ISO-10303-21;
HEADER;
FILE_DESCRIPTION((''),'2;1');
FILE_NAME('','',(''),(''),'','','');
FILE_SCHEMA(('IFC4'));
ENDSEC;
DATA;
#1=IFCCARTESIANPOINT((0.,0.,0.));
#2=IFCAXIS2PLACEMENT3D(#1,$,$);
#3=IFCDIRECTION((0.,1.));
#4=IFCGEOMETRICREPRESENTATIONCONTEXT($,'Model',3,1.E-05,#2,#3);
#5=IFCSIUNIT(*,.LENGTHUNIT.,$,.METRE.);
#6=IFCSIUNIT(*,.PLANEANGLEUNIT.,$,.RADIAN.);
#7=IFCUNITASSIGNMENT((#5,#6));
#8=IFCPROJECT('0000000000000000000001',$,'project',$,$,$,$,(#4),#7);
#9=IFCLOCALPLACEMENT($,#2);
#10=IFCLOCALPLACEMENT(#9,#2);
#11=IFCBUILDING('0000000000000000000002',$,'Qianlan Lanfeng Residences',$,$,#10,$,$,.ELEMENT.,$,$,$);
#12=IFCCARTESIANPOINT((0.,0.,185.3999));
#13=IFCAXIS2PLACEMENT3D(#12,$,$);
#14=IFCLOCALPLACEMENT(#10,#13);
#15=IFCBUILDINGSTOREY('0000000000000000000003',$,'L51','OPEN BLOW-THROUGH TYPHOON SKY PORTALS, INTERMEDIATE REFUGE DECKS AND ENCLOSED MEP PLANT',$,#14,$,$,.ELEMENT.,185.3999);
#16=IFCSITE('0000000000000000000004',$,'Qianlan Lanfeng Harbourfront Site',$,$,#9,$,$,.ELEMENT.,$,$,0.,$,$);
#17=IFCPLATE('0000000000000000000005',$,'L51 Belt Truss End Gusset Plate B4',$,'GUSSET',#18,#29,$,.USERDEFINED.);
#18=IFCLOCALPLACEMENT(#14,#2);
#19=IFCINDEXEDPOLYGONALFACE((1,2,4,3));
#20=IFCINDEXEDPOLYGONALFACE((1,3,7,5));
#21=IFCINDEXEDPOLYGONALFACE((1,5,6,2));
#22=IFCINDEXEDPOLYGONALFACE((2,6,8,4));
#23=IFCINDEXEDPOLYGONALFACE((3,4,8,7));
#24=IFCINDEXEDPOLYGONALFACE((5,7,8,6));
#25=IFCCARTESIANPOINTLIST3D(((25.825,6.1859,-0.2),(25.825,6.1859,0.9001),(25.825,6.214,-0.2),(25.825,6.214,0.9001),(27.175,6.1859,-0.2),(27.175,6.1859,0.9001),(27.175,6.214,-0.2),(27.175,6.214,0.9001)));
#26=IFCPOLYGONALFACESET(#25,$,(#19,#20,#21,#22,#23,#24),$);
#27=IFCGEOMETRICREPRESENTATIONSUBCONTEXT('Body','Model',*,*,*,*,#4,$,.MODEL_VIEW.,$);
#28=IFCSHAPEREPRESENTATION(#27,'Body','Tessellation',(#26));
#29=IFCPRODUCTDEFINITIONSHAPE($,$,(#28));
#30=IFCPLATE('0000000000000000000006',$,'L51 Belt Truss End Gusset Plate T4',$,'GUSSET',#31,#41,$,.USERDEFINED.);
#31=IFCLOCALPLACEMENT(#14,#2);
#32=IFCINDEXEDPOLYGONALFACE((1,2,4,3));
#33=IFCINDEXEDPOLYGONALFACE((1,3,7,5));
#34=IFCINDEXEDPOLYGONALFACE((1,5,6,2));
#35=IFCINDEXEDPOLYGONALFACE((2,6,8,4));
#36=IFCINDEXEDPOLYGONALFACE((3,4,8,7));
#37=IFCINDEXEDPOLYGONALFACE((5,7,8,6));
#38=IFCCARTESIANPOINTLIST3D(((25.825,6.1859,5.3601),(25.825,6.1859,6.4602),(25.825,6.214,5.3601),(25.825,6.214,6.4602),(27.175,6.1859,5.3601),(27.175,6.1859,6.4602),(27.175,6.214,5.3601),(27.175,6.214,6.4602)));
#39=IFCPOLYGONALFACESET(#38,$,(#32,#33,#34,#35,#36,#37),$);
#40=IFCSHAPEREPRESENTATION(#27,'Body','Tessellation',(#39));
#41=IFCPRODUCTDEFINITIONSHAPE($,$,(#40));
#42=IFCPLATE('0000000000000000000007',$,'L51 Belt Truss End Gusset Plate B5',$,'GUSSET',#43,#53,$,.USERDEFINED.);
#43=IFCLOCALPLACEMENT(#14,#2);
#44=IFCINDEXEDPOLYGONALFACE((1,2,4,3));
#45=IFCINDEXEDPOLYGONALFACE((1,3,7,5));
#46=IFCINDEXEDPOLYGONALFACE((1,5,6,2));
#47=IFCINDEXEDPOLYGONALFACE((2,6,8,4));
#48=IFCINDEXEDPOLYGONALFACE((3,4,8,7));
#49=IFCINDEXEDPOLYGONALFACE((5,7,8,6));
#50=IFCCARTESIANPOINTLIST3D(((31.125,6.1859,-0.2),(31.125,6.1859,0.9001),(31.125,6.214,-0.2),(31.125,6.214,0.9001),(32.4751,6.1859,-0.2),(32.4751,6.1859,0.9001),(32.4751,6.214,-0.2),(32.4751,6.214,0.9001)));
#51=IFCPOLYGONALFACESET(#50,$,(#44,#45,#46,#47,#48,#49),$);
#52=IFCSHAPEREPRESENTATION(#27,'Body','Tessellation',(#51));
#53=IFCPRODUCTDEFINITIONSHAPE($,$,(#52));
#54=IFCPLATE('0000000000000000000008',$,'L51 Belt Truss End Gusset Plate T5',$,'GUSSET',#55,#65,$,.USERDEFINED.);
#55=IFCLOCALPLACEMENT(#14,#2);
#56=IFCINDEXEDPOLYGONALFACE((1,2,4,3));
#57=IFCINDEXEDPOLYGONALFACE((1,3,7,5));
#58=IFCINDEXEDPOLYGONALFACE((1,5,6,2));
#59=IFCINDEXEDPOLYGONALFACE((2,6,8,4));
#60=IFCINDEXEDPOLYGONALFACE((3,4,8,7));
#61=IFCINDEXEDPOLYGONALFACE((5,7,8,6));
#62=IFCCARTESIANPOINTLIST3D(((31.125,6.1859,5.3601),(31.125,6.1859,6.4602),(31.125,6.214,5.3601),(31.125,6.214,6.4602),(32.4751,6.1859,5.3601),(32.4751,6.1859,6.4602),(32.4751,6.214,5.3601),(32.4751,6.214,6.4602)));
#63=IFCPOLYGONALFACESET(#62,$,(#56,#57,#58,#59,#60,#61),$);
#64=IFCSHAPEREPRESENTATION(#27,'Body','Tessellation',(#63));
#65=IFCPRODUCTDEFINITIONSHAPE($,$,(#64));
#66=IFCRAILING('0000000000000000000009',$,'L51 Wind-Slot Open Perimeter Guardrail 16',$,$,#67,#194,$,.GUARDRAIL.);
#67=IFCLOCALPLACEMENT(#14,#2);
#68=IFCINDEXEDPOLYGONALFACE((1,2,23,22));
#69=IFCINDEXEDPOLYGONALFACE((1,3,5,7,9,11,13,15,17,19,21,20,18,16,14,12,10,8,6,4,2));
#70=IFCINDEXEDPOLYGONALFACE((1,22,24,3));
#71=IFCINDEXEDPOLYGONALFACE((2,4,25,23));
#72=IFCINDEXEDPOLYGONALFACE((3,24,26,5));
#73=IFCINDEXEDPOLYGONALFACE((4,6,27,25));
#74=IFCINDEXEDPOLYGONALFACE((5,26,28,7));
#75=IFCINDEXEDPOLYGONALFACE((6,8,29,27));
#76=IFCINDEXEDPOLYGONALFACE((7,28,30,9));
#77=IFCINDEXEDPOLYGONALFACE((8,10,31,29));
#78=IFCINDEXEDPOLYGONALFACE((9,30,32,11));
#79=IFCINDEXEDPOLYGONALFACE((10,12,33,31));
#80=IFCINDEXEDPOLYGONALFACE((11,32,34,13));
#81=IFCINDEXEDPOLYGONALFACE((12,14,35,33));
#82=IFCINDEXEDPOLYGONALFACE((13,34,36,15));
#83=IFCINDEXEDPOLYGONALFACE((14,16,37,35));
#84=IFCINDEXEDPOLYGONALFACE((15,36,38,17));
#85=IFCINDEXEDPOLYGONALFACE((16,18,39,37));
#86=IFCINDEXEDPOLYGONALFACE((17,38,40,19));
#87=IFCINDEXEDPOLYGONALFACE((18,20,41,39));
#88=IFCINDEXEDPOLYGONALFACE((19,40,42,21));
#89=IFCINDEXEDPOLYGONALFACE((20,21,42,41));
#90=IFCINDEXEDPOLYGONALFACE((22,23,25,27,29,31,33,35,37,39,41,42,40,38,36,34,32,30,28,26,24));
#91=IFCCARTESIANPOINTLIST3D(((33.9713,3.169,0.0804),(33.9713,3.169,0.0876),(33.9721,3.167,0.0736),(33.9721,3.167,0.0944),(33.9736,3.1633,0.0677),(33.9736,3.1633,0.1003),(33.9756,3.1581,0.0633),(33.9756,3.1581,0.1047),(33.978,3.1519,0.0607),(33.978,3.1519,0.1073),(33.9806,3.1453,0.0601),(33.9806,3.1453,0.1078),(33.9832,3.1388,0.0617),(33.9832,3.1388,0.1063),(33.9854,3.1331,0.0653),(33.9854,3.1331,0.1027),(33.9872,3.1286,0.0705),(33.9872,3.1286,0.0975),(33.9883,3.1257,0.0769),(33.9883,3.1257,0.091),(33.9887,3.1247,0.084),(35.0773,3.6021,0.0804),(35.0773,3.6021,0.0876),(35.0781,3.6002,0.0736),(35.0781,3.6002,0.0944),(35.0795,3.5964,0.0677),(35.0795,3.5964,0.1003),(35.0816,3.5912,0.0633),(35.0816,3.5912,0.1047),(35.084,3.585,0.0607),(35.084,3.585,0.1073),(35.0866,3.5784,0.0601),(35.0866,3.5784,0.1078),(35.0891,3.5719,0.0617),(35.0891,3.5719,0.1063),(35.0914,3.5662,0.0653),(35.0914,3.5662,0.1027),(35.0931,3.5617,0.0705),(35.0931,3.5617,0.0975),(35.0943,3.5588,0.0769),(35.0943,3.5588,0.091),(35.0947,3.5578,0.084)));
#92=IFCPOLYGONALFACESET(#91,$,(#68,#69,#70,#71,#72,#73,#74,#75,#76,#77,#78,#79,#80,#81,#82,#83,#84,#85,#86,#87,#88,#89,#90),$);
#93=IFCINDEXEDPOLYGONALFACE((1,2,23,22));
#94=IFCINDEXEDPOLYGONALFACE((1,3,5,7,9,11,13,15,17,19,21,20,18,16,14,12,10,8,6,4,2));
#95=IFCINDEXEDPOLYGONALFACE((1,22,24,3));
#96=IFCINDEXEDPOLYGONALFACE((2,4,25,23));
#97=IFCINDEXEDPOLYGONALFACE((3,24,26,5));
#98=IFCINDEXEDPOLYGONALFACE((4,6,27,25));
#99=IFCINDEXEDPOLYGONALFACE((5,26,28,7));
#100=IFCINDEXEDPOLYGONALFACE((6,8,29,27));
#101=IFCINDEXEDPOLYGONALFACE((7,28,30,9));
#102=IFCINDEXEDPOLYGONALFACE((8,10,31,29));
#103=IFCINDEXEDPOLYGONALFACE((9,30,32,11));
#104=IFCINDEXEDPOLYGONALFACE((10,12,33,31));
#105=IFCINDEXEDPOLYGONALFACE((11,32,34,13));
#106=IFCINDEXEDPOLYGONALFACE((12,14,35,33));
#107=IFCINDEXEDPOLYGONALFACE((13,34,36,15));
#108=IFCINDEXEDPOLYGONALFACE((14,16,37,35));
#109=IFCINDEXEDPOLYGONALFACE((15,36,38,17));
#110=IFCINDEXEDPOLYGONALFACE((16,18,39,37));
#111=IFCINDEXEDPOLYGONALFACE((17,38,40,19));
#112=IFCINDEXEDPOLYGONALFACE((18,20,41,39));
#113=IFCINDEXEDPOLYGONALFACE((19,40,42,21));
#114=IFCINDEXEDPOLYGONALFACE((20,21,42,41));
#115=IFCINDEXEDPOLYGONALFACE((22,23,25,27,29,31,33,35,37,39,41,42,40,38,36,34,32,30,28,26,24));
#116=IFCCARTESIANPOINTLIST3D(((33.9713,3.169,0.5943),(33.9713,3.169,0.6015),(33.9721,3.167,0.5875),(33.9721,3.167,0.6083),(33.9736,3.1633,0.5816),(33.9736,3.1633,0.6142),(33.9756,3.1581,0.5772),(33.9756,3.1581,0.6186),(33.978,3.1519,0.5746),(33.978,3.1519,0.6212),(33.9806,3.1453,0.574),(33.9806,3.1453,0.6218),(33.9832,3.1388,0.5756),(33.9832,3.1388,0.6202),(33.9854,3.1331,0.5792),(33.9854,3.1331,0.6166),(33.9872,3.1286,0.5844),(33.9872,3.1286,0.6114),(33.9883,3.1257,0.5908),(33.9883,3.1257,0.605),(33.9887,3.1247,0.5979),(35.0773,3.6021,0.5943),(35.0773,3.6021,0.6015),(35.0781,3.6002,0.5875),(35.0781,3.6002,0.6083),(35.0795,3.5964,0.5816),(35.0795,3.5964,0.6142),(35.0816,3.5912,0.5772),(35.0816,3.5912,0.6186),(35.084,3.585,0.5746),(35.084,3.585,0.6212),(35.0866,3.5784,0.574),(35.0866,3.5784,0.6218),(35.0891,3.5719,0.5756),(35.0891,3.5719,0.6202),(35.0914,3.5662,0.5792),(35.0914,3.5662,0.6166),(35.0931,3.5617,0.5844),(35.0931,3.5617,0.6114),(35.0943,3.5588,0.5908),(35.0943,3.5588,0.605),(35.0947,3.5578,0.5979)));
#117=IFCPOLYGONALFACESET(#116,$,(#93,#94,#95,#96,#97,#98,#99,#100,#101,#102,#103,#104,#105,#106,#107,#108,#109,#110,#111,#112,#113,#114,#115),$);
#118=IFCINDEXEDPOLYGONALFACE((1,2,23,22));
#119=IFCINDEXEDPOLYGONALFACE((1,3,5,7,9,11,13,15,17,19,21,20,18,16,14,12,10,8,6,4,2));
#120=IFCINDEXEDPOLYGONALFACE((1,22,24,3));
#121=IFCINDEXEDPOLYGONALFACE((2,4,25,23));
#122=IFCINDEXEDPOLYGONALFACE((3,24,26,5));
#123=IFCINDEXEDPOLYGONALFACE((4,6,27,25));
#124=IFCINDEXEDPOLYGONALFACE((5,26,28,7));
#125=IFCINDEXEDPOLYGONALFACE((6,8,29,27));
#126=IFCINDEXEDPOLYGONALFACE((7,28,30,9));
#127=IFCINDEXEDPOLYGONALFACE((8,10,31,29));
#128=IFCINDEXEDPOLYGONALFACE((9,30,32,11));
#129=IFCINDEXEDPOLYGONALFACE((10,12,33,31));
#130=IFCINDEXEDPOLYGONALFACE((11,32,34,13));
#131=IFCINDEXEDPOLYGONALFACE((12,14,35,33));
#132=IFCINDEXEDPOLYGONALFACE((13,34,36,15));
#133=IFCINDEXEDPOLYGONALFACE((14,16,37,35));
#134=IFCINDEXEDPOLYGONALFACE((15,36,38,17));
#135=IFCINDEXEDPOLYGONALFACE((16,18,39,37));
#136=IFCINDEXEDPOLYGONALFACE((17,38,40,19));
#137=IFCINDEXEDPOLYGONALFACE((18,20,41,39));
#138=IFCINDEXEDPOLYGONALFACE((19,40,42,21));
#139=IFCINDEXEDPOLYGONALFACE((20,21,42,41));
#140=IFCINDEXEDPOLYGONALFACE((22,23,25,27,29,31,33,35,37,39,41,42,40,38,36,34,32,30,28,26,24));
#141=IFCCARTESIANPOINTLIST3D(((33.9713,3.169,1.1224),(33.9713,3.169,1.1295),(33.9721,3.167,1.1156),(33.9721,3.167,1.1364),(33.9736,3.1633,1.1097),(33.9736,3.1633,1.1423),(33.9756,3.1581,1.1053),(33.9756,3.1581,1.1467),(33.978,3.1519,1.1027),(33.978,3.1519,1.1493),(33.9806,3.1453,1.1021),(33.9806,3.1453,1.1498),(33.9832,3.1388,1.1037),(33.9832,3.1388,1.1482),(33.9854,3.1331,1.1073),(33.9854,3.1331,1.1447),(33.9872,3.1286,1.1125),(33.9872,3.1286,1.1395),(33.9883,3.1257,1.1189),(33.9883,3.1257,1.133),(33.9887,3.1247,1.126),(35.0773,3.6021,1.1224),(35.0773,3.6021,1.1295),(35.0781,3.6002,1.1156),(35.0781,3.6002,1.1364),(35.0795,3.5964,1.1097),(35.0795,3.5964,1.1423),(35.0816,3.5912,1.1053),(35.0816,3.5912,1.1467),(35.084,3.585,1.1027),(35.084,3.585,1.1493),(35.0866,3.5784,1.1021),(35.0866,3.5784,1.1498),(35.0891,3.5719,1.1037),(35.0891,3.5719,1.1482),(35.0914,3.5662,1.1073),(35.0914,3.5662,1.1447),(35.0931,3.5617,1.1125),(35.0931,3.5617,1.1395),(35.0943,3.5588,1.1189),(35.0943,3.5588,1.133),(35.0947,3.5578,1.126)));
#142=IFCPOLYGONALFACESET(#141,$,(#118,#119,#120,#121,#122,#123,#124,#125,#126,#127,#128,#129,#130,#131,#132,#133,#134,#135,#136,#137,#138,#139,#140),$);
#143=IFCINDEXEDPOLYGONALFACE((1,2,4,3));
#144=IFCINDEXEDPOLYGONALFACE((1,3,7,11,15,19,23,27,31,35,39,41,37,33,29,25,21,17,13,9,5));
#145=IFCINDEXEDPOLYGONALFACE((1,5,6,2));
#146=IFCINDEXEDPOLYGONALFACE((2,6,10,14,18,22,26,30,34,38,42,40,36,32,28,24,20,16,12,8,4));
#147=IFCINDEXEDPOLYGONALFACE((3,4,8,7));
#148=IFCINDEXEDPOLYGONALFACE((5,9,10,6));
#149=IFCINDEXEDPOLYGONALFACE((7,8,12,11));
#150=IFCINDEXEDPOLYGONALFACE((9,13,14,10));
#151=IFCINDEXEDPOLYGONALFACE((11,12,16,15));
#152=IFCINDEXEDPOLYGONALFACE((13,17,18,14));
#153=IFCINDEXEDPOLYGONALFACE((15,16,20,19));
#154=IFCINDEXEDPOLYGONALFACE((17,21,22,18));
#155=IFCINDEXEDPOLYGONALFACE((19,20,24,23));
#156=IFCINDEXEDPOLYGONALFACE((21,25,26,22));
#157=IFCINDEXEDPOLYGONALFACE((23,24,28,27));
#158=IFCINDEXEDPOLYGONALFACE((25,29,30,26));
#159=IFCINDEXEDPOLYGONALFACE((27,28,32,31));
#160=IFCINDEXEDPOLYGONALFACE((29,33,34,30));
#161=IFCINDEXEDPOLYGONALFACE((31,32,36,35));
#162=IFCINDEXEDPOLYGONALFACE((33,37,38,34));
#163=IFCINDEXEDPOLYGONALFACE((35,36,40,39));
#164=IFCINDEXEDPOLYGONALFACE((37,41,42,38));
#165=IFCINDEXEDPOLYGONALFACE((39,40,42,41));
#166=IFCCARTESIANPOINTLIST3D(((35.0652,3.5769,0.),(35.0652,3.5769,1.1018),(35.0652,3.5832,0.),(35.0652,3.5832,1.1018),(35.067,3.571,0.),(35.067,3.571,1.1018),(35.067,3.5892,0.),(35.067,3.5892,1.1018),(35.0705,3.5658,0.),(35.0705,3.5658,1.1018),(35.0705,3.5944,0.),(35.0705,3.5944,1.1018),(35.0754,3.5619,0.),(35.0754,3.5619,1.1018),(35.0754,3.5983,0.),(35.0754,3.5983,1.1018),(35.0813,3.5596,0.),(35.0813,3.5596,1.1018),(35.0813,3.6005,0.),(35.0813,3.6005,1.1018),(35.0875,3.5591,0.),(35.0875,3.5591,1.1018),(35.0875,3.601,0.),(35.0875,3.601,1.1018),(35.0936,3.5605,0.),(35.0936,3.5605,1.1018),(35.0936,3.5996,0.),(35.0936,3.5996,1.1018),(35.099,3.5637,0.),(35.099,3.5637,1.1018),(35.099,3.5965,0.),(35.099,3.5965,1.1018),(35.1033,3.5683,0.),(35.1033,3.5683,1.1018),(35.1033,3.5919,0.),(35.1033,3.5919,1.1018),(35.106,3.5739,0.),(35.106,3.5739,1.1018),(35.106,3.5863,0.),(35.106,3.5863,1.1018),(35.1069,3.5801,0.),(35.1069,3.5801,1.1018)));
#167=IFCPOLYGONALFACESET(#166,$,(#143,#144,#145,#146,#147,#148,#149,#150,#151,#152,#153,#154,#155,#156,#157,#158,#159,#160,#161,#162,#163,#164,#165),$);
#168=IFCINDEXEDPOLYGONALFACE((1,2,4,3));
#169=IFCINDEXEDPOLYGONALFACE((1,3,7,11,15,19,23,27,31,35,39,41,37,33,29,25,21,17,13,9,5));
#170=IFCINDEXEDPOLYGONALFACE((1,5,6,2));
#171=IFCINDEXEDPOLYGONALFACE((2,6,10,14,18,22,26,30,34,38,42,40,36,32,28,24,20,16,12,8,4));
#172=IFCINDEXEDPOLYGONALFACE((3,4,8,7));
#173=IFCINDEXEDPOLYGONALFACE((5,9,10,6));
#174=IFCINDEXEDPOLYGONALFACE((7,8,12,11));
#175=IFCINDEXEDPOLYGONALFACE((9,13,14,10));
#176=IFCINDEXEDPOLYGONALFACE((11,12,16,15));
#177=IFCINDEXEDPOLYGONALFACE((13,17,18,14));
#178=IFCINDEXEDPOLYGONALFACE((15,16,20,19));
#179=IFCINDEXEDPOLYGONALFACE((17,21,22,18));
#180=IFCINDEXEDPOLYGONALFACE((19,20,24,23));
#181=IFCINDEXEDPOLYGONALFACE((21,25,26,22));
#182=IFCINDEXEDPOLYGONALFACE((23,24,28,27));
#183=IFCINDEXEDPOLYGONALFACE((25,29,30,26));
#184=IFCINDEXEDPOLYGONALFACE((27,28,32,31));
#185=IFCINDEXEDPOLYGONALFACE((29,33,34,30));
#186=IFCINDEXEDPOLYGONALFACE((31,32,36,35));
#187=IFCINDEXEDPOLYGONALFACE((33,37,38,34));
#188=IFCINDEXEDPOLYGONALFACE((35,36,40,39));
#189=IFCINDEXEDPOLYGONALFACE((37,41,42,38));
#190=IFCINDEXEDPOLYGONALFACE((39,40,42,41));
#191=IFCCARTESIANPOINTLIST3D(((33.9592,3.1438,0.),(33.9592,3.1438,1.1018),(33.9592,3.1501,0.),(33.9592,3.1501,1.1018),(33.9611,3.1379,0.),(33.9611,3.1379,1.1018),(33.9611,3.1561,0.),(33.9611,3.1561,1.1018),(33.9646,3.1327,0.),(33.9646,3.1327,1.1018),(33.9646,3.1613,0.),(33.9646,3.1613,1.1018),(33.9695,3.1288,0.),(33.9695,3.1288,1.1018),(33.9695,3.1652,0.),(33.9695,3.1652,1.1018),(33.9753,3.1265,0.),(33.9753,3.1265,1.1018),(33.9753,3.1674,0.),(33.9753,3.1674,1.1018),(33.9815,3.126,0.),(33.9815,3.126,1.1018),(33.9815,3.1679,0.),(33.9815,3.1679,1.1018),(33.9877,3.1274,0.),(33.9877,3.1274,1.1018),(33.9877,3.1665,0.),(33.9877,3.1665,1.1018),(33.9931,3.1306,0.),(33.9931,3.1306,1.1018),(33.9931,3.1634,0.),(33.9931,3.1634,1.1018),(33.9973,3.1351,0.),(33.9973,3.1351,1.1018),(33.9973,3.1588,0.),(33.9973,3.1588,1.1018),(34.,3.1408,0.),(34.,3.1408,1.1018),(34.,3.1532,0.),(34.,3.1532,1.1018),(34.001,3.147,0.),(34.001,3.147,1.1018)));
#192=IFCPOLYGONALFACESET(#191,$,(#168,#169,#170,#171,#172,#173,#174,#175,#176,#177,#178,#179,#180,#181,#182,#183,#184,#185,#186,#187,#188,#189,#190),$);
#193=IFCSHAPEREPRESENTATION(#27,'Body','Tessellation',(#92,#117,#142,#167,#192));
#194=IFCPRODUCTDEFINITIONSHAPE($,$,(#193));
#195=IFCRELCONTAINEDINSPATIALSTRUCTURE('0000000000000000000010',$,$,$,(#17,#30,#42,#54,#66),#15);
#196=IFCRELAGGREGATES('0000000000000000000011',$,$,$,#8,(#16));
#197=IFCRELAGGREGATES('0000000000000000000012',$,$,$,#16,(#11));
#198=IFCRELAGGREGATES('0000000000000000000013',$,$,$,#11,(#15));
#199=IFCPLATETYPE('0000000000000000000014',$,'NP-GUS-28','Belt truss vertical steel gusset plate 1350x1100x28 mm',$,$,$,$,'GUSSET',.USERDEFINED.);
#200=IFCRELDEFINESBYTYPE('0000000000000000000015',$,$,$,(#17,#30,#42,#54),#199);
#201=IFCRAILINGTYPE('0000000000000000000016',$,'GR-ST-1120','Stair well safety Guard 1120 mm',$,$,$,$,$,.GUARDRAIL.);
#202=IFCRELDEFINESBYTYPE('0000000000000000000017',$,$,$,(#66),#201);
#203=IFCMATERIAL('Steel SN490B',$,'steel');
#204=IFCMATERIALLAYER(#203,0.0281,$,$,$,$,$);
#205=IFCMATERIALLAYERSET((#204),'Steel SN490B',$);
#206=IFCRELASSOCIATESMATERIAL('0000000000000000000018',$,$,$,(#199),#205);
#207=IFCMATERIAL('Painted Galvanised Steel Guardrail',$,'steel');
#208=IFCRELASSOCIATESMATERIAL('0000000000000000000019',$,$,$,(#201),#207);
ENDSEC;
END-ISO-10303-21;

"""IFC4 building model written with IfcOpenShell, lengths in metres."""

from ifc_helpers import new_model, si_unit, direction, frame, origin, origin_2d, place, context, subcontext, project, spatial, rectangle, circle, extrude, source, transform, mapped, material, layer, layer_set, type_object, element, save


model = new_model("IFC4")

# Units and contexts
model_context = context("Model", 3, precision=1e-05, world=origin(), true_north=direction((0.0, 1.0)))
body_context = subcontext(model_context, "Body", "Model", "MODEL_VIEW")
ifc_project = project(units=[si_unit("LENGTHUNIT", "METRE"), si_unit("PLANEANGLEUNIT", "RADIAN")], contexts=[model_context])

# Site, building, storey
site_placement = place(None, origin())
site = spatial("IfcSite", under=ifc_project, at=site_placement, Name="Qianlan Lanfeng Harbourfront Site", CompositionType="ELEMENT", RefElevation=0.0)
building_placement = place(site_placement, origin())
building = spatial("IfcBuilding", under=site, at=building_placement, Name="Qianlan Lanfeng Residences", CompositionType="ELEMENT")
storey_placement = place(building_placement, frame((0.0, 0.0, 185.3999)))
storey = spatial("IfcBuildingStorey", under=building, at=storey_placement, Name="L51", Description="OPEN BLOW-THROUGH TYPHOON SKY PORTALS, INTERMEDIATE REFUGE DECKS AND ENCLOSED MEP PLANT", CompositionType="ELEMENT", Elevation=185.3999)

# Shared definitions
ifc_material_1 = material(Name="Steel SN490B", Category="steel")

# Plates
ifc_layer_1 = layer(ifc_material_1, 0.0281)
ifc_layer_set_1 = layer_set([ifc_layer_1], Name="Steel SN490B")
plate_type_1 = type_object("IfcPlateType", Name="NP-GUS-28", Description="Belt truss vertical steel gusset plate 1350x1100x28 mm", ElementType="GUSSET", PredefinedType="USERDEFINED", material=ifc_layer_set_1)
shared_shape_1 = source(origin(), body_context, "Body", "SweptSolid", [
    extrude(rectangle(XDim=1.3501, YDim=0.0281, at=origin_2d()), origin(), (0.0, 0.0, 1.0), 1.1001),
])
for number, where, z_axis, x_axis, name in (
    (1, (26.5, 6.2, -0.2), (0.0, 0.0, 1.0), (1.0, 0.0, 0.0), "L51 Belt Truss End Gusset Plate B4"),
    (2, (26.5, 6.2, 5.3601), (0.0, 0.0, 1.0), (1.0, 0.0, 0.0), "L51 Belt Truss End Gusset Plate T4"),
    (3, (31.8, 6.2, -0.2), (0.0, 0.0, 1.0), (1.0, 0.0, 0.0), "L51 Belt Truss End Gusset Plate B5"),
    (4, (31.8, 6.2, 5.3601), (0.0, 0.0, 1.0), (1.0, 0.0, 0.0), "L51 Belt Truss End Gusset Plate T5"),
):
    element("IfcPlate", number, at=place(storey_placement, frame(where, z_axis=z_axis, x_axis=x_axis)), inside=storey, type_object=plate_type_1, Name=name, ObjectType="GUSSET", PredefinedType="USERDEFINED", context=body_context, shape_type="MappedRepresentation", body=[
        mapped(shared_shape_1, transform((0.0, 0.0, 0.0), scale=1.0)),
    ])

# Railing
ifc_material_2 = material(Name="Painted Galvanised Steel Guardrail", Category="steel")
railing_type = type_object("IfcRailingType", Name="GR-ST-1120", Description="Stair well safety Guard 1120 mm", PredefinedType="GUARDRAIL", material=ifc_material_2)
railing_1_placement = place(storey_placement, frame((35.0859, 3.5801, 0.0)))
element("IfcRailing", 5, at=railing_1_placement, inside=storey, type_object=railing_type, Name="L51 Wind-Slot Open Perimeter Guardrail 16", PredefinedType="GUARDRAIL", context=body_context, shape_type="SweptSolid", body=[
    extrude(circle(Radius=0.0239, at=origin_2d()), frame((0.0, 0.0, 0.084), z_axis=(-0.931146, -0.364647, 0.0), x_axis=(0.364647, -0.931146, 0.0)), (0.0, 0.0, 1.0), 1.1877),
    extrude(circle(Radius=0.0239, at=origin_2d()), frame((0.0, 0.0, 0.5979), z_axis=(-0.931146, -0.364647, 0.0), x_axis=(0.364647, -0.931146, 0.0)), (0.0, 0.0, 1.0), 1.1877),
    extrude(circle(Radius=0.0239, at=origin_2d()), frame((0.0, 0.0, 1.126), z_axis=(-0.931146, -0.364647, 0.0), x_axis=(0.364647, -0.931146, 0.0)), (0.0, 0.0, 1.0), 1.1877),
    extrude(circle(Radius=0.021, at=origin_2d()), origin(), (0.0, 0.0, 1.0), 1.1018),
    extrude(circle(Radius=0.021, at=origin_2d()), frame((-1.106, -0.4331, 0.0)), (0.0, 0.0, 1.0), 1.1018),
])

save(model, "model.ifc")
